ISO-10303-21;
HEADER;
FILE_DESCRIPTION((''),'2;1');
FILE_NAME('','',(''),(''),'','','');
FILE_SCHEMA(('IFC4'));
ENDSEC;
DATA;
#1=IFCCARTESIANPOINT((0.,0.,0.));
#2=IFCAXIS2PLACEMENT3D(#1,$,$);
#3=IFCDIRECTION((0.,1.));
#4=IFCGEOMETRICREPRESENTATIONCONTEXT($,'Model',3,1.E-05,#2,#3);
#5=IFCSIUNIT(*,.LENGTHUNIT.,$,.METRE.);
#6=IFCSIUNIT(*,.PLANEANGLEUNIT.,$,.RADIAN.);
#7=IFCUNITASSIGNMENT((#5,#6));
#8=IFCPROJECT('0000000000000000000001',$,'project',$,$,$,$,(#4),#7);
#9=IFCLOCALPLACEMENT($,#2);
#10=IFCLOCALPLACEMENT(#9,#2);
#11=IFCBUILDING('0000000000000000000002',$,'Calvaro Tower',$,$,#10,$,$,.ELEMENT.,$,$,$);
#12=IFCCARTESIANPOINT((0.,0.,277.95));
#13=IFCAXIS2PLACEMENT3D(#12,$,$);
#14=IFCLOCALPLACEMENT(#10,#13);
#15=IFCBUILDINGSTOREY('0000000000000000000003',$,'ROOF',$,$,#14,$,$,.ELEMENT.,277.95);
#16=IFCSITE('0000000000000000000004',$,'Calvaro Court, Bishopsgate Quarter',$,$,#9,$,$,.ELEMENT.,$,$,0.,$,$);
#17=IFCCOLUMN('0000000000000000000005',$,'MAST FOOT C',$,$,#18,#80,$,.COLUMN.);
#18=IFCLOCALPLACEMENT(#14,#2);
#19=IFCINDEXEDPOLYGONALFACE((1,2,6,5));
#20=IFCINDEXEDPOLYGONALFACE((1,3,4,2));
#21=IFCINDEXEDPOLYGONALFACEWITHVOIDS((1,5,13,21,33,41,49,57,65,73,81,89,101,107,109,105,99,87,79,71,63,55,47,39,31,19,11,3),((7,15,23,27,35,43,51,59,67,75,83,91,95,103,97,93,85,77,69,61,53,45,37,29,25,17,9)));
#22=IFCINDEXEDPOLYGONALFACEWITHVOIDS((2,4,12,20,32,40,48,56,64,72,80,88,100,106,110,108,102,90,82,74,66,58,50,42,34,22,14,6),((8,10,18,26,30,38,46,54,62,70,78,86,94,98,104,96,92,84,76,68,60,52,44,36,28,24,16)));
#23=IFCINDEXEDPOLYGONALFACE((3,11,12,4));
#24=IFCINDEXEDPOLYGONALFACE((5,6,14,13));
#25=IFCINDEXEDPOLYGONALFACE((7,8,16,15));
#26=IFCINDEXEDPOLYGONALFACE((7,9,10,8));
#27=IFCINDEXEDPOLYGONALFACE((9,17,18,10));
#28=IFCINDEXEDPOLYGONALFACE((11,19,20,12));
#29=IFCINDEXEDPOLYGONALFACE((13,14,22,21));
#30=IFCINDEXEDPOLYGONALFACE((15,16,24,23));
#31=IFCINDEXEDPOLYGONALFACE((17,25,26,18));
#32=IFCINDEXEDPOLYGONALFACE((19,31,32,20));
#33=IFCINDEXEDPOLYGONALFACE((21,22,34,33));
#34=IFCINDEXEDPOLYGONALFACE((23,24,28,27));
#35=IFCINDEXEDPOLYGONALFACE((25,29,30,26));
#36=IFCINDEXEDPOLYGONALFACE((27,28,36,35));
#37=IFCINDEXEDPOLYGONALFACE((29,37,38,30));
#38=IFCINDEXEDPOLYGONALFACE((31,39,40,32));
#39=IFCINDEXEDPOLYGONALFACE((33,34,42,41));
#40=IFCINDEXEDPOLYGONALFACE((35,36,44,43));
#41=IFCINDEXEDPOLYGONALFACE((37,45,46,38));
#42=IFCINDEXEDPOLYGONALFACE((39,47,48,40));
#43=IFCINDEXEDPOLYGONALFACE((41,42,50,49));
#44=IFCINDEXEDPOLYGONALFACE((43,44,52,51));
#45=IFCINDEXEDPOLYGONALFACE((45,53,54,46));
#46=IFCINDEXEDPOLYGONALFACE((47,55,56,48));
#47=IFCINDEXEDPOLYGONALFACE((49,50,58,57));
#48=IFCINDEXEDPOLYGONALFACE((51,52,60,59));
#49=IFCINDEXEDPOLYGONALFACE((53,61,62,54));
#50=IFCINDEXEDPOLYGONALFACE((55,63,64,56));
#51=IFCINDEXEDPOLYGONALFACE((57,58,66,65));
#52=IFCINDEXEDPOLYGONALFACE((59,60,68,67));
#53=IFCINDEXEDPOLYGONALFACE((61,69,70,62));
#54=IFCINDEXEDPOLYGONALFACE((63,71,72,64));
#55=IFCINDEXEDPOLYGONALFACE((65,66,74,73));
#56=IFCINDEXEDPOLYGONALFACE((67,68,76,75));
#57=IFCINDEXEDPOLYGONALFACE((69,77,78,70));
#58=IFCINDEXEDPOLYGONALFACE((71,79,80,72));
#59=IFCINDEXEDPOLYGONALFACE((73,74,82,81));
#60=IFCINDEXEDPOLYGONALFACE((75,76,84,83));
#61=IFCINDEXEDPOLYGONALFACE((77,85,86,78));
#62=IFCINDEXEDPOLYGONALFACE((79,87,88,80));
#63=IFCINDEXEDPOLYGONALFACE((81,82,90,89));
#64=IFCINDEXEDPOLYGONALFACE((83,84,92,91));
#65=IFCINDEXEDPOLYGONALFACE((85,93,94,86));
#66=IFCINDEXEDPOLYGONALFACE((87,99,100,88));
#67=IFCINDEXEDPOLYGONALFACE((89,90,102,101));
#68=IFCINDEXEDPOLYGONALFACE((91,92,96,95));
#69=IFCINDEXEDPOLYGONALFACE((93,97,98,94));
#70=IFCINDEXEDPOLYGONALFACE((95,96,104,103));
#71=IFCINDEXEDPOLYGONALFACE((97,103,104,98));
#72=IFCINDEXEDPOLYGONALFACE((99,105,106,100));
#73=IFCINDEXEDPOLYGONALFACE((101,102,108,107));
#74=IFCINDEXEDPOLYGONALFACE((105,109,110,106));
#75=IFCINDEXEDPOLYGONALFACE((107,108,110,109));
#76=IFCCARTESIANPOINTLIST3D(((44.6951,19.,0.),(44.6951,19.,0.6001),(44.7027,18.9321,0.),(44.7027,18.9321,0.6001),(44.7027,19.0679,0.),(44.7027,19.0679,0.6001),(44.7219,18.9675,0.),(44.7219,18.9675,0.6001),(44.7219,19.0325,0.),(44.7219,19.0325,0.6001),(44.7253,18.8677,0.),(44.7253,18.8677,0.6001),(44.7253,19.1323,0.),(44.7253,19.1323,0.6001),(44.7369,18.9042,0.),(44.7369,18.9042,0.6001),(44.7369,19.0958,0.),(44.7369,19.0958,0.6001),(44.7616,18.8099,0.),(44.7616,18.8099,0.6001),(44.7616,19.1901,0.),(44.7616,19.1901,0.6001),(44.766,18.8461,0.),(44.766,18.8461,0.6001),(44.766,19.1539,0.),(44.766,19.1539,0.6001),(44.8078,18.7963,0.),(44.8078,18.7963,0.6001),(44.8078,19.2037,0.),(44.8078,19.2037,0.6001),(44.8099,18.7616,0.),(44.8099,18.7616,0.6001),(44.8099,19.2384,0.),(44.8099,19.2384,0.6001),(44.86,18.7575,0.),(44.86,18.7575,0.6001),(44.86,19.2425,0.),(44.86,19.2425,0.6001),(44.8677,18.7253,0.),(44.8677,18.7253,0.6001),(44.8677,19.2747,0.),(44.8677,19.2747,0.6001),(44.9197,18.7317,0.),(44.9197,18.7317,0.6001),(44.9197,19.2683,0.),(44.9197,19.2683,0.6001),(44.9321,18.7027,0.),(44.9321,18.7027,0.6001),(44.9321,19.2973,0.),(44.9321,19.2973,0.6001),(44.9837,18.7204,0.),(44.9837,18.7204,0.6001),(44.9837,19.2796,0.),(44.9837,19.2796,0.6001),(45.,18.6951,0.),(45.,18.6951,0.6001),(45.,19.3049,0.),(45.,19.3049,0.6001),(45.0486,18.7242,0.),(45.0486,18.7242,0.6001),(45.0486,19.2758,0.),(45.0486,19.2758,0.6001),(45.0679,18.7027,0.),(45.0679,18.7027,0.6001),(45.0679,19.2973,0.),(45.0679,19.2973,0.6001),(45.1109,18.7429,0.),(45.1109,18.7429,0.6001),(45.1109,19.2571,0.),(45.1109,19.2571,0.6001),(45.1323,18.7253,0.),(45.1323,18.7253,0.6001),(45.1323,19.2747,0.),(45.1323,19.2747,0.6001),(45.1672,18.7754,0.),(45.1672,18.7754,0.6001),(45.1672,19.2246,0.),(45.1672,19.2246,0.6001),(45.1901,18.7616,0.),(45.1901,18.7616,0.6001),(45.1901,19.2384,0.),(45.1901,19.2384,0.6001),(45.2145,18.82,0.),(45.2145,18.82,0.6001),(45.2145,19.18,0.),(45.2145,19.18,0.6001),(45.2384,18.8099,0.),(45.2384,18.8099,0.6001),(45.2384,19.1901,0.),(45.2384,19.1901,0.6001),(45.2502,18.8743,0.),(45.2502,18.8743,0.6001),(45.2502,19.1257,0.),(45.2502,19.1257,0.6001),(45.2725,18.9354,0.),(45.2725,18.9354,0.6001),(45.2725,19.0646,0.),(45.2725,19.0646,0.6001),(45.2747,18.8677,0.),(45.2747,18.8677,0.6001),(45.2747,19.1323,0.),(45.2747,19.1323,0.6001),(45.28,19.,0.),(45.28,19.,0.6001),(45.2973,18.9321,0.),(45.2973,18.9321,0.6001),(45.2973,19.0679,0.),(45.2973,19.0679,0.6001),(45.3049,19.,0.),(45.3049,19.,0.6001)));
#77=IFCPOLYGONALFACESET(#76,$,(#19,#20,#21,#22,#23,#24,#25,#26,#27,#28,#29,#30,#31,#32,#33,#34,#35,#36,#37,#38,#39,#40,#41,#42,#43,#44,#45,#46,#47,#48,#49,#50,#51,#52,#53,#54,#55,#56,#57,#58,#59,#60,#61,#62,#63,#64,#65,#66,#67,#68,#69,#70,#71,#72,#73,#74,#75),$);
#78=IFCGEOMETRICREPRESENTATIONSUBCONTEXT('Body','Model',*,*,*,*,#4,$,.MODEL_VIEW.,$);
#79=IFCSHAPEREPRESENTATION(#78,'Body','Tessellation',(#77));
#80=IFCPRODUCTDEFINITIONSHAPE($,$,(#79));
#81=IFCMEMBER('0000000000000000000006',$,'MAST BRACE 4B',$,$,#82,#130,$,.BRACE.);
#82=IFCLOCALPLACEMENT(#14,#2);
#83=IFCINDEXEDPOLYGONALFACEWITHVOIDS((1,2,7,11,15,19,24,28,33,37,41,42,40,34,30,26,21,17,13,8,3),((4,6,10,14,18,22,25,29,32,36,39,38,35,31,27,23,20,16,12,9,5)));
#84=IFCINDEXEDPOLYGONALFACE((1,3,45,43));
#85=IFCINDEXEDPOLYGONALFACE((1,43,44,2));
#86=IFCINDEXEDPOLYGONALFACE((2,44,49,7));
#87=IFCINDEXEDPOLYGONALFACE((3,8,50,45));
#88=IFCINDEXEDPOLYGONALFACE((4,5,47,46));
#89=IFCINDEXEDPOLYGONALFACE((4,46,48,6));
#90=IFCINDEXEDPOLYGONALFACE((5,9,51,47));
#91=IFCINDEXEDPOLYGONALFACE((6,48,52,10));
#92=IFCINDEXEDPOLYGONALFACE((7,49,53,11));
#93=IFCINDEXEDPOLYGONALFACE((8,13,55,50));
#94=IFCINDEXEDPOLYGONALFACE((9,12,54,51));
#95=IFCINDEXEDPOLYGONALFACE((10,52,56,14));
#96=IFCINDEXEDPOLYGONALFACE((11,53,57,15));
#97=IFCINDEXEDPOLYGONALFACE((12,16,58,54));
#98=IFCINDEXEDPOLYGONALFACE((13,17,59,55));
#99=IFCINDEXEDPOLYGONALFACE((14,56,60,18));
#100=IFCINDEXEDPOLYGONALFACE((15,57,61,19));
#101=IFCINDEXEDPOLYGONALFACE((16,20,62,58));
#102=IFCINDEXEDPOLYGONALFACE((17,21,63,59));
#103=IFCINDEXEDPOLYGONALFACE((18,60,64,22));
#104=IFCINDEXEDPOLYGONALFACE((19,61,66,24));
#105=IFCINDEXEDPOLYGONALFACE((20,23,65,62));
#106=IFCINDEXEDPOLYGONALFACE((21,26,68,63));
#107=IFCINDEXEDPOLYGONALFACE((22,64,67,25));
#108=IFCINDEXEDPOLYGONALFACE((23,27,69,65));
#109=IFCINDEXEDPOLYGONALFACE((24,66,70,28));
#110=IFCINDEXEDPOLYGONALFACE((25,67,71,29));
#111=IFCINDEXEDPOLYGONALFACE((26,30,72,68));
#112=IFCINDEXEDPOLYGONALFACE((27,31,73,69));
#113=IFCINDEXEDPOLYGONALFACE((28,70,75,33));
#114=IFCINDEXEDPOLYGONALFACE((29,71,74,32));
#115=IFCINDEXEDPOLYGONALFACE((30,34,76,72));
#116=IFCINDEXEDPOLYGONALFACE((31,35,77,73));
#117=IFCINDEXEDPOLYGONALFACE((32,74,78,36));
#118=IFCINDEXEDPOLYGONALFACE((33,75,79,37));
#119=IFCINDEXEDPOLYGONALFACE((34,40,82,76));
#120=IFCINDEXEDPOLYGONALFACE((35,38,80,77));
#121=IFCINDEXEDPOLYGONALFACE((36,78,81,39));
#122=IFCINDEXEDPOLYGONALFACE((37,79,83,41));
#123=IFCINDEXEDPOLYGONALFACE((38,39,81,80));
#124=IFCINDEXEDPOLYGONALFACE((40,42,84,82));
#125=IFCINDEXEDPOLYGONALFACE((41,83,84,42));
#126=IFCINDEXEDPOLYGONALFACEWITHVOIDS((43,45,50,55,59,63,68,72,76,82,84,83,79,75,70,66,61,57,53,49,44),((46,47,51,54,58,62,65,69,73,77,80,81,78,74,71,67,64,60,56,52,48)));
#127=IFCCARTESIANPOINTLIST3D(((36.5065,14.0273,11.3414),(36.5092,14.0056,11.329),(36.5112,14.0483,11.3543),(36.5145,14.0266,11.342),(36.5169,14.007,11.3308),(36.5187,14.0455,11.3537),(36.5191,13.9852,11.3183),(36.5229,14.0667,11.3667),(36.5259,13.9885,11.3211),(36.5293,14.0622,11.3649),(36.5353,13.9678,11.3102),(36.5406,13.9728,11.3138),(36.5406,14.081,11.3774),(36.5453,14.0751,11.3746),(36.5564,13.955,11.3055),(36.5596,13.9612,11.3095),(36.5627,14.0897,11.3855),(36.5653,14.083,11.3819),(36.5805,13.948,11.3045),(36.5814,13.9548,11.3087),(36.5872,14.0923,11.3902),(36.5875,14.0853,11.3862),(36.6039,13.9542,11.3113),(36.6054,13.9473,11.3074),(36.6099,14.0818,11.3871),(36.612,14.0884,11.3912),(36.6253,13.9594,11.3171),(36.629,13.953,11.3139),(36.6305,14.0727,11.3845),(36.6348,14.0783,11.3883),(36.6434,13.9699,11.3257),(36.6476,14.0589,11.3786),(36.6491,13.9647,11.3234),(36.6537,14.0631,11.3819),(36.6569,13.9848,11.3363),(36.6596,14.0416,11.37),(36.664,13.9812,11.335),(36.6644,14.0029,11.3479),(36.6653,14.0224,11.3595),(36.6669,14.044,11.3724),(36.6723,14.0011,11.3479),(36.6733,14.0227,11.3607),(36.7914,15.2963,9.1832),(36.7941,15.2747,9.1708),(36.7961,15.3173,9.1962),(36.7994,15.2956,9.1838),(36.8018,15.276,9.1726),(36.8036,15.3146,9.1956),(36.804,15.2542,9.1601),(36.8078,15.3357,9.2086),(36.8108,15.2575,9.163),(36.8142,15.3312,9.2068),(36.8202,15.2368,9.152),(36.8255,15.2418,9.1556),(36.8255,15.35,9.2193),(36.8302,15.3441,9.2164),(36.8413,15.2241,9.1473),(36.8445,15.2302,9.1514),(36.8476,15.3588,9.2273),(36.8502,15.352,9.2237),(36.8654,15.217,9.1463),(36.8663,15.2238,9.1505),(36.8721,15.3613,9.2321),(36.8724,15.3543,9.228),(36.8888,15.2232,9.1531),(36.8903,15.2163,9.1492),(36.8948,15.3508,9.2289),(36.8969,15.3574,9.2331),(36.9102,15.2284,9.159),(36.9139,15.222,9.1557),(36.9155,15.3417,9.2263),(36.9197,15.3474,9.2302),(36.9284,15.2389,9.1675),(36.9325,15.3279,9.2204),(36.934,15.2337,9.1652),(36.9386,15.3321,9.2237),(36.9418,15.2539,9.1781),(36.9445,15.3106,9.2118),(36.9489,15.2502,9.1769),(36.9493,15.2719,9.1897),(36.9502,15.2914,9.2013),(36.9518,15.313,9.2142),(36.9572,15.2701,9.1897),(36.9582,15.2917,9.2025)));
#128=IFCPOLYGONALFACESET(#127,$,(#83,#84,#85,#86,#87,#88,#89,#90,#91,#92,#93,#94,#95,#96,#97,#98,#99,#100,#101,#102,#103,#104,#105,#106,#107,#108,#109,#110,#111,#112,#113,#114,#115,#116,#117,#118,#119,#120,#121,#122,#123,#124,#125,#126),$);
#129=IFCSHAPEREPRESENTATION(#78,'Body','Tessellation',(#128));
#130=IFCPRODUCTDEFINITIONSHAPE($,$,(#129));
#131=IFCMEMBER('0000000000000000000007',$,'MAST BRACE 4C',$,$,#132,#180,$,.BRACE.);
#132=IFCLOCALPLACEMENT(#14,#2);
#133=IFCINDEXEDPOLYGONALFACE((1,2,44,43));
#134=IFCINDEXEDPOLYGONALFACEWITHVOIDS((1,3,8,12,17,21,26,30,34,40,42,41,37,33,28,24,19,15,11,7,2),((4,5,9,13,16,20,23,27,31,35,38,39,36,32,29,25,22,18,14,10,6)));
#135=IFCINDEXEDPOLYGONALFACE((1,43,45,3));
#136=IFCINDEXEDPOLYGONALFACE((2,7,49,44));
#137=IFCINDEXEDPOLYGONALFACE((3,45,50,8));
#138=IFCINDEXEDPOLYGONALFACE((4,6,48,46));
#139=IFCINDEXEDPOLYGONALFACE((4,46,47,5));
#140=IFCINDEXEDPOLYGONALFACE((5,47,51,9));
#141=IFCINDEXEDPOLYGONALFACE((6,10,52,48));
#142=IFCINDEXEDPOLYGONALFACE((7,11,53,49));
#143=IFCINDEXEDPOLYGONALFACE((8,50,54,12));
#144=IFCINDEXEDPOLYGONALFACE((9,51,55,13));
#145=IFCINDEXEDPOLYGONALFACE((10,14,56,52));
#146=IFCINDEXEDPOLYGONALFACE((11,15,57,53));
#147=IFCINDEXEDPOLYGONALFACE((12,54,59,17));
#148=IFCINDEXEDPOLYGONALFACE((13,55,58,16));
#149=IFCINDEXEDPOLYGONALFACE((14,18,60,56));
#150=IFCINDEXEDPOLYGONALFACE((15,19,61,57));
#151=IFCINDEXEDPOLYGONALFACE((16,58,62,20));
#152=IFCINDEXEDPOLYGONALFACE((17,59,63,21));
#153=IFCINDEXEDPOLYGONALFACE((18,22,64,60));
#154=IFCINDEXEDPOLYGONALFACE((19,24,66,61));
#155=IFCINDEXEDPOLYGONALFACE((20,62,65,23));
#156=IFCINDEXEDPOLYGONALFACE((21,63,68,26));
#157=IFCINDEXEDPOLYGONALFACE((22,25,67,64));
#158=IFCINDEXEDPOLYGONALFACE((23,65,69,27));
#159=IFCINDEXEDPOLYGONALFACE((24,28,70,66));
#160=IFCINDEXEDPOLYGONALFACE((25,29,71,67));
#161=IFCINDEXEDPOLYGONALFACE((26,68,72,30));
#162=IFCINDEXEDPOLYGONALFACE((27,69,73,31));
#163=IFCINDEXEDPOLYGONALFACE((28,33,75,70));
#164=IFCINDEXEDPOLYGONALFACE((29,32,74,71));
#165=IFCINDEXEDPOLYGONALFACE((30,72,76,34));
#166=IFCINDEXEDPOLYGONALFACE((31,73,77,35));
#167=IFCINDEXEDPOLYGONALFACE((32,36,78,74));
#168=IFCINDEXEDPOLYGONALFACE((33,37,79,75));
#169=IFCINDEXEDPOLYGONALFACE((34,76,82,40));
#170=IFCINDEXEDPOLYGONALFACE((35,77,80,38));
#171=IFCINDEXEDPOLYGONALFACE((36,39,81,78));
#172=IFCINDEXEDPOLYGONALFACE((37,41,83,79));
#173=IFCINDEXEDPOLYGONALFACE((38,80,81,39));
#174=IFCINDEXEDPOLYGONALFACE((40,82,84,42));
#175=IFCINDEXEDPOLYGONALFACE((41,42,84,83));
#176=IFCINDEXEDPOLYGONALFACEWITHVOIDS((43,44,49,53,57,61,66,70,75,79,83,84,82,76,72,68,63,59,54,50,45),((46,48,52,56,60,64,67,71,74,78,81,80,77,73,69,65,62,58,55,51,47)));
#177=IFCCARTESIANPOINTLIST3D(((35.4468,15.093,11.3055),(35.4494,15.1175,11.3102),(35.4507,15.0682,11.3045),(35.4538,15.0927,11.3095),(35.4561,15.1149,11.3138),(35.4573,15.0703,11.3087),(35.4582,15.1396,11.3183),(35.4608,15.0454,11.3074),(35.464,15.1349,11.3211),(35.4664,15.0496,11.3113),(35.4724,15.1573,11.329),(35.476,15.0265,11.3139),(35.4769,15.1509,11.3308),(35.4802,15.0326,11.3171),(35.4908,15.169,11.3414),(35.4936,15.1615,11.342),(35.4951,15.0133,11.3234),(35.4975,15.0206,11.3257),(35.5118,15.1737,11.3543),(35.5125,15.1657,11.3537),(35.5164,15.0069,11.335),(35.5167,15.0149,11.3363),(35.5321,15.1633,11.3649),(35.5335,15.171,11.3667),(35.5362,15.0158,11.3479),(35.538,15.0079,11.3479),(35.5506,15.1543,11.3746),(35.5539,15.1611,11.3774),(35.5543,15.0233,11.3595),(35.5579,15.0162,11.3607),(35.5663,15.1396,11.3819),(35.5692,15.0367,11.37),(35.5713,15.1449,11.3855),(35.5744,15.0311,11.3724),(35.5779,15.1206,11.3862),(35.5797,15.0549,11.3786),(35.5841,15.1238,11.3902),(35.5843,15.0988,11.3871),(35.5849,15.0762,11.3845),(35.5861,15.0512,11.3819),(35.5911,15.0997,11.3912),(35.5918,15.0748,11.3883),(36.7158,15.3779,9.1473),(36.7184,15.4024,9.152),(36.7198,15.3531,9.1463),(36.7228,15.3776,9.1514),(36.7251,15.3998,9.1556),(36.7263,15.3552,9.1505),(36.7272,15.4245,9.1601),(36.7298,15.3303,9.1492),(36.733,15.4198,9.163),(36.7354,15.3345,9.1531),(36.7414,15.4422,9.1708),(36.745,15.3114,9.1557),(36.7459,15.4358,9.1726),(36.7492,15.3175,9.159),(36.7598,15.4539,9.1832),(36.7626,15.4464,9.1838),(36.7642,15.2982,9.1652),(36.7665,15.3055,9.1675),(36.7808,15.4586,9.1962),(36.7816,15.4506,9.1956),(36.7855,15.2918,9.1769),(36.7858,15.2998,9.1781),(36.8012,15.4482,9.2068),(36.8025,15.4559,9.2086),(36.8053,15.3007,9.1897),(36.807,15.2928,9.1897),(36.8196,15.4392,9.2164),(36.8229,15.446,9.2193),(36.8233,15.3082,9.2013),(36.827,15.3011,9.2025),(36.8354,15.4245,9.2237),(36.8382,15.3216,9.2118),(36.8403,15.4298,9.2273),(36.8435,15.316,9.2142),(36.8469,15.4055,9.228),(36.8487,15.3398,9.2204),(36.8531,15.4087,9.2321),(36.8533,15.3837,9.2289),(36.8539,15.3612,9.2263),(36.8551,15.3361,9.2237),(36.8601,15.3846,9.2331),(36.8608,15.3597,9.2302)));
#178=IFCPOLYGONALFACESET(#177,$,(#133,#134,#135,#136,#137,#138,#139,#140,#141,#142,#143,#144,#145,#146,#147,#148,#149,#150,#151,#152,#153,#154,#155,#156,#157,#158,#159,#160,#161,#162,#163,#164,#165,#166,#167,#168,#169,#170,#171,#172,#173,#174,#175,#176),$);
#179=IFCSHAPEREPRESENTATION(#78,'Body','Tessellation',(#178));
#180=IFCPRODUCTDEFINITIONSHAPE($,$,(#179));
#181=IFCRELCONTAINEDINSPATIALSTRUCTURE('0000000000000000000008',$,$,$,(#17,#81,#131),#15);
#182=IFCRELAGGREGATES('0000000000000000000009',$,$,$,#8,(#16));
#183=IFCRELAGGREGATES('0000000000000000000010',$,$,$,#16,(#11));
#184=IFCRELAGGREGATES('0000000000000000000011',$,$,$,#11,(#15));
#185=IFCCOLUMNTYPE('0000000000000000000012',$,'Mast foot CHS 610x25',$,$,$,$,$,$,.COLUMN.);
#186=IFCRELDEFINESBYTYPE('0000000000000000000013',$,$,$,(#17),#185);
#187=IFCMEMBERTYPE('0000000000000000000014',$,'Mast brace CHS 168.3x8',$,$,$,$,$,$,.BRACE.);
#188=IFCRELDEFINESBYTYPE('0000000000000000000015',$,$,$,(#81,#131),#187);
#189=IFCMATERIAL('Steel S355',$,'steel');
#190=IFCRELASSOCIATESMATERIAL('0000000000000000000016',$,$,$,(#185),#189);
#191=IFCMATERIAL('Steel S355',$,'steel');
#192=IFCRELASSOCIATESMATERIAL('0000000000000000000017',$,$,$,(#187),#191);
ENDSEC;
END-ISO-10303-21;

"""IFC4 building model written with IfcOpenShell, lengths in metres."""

from ifc_helpers import new_model, si_unit, direction, frame, origin, origin_2d, place, context, subcontext, project, spatial, hollow_circle, extrude, material, material_profile, profile_set, type_object, element, save


model = new_model("IFC4")

# Units and contexts
model_context = context("Model", 3, precision=1e-05, world=origin(), true_north=direction((0.0, 1.0)))
body_context = subcontext(model_context, "Body", "Model", "MODEL_VIEW")
ifc_project = project(units=[si_unit("LENGTHUNIT", "METRE"), si_unit("PLANEANGLEUNIT", "RADIAN")], contexts=[model_context])

# Site, building, storey
site_placement = place(None, origin())
site = spatial("IfcSite", under=ifc_project, at=site_placement, Name="Calvaro Court, Bishopsgate Quarter", CompositionType="ELEMENT", RefElevation=0.0)
building_placement = place(site_placement, origin())
building = spatial("IfcBuilding", under=site, at=building_placement, Name="Calvaro Tower", CompositionType="ELEMENT")
storey_placement = place(building_placement, frame((0.0, 0.0, 277.95)))
storey = spatial("IfcBuildingStorey", under=building, at=storey_placement, Name="ROOF", CompositionType="ELEMENT", Elevation=277.95)

# Column
ifc_material_1 = material(Name="Steel S355", Category="steel")
ifc_material_profile_1 = material_profile(ifc_material_1, hollow_circle(Radius=0.3049, WallThickness=0.0249, at=origin_2d()), Name="CHS 610x25")
ifc_profile_set_1 = profile_set([ifc_material_profile_1], Name="Steel S355")
column_type = type_object("IfcColumnType", Name="Mast foot CHS 610x25", PredefinedType="COLUMN", material=ifc_profile_set_1)
column_placement = place(storey_placement, frame((45.0, 19.0, 0.0), z_axis=(0.0, 0.0, 1.0), x_axis=(1.0, 0.0, 0.0)))
element("IfcColumn", 1, at=column_placement, inside=storey, type_object=column_type, Name="MAST FOOT C", PredefinedType="COLUMN", context=body_context, shape_type="SweptSolid", body=[
    extrude(hollow_circle(Radius=0.3049, WallThickness=0.0249, at=origin_2d()), origin(), (0.0, 0.0, 1.0), 0.6001),
])

# Members
ifc_material_2 = material(Name="Steel S355", Category="steel")
ifc_material_profile_2 = material_profile(ifc_material_2, hollow_circle(Radius=0.0842, WallThickness=0.0081, at=origin_2d()), Name="CHS 168.3x8")
ifc_profile_set_2 = profile_set([ifc_material_profile_2], Name="Steel S355")
member_type_1 = type_object("IfcMemberType", Name="Mast brace CHS 168.3x8", PredefinedType="BRACE", material=ifc_profile_set_2)
for number, where, z_axis, x_axis, name in (
    (2, (36.875, 15.2886, 9.1897), (-0.113069, -0.503625, 0.856491), (0.975712, -0.219057, 0.0), "MAST BRACE 4B"),
    (3, (36.7886, 15.375, 9.1897), (-0.503625, -0.113069, 0.856491), (0.219057, -0.975712, 0.0), "MAST BRACE 4C"),
):
    element("IfcMember", number, at=place(storey_placement, frame(where, z_axis=z_axis, x_axis=x_axis)), inside=storey, type_object=member_type_1, Name=name, PredefinedType="BRACE", context=body_context, shape_type="SweptSolid", body=[
        extrude(hollow_circle(Radius=0.0842, WallThickness=0.0081, at=origin_2d()), origin(), (0.0, 0.0, 1.0), 2.5198),
    ])

save(model, "model.ifc")
